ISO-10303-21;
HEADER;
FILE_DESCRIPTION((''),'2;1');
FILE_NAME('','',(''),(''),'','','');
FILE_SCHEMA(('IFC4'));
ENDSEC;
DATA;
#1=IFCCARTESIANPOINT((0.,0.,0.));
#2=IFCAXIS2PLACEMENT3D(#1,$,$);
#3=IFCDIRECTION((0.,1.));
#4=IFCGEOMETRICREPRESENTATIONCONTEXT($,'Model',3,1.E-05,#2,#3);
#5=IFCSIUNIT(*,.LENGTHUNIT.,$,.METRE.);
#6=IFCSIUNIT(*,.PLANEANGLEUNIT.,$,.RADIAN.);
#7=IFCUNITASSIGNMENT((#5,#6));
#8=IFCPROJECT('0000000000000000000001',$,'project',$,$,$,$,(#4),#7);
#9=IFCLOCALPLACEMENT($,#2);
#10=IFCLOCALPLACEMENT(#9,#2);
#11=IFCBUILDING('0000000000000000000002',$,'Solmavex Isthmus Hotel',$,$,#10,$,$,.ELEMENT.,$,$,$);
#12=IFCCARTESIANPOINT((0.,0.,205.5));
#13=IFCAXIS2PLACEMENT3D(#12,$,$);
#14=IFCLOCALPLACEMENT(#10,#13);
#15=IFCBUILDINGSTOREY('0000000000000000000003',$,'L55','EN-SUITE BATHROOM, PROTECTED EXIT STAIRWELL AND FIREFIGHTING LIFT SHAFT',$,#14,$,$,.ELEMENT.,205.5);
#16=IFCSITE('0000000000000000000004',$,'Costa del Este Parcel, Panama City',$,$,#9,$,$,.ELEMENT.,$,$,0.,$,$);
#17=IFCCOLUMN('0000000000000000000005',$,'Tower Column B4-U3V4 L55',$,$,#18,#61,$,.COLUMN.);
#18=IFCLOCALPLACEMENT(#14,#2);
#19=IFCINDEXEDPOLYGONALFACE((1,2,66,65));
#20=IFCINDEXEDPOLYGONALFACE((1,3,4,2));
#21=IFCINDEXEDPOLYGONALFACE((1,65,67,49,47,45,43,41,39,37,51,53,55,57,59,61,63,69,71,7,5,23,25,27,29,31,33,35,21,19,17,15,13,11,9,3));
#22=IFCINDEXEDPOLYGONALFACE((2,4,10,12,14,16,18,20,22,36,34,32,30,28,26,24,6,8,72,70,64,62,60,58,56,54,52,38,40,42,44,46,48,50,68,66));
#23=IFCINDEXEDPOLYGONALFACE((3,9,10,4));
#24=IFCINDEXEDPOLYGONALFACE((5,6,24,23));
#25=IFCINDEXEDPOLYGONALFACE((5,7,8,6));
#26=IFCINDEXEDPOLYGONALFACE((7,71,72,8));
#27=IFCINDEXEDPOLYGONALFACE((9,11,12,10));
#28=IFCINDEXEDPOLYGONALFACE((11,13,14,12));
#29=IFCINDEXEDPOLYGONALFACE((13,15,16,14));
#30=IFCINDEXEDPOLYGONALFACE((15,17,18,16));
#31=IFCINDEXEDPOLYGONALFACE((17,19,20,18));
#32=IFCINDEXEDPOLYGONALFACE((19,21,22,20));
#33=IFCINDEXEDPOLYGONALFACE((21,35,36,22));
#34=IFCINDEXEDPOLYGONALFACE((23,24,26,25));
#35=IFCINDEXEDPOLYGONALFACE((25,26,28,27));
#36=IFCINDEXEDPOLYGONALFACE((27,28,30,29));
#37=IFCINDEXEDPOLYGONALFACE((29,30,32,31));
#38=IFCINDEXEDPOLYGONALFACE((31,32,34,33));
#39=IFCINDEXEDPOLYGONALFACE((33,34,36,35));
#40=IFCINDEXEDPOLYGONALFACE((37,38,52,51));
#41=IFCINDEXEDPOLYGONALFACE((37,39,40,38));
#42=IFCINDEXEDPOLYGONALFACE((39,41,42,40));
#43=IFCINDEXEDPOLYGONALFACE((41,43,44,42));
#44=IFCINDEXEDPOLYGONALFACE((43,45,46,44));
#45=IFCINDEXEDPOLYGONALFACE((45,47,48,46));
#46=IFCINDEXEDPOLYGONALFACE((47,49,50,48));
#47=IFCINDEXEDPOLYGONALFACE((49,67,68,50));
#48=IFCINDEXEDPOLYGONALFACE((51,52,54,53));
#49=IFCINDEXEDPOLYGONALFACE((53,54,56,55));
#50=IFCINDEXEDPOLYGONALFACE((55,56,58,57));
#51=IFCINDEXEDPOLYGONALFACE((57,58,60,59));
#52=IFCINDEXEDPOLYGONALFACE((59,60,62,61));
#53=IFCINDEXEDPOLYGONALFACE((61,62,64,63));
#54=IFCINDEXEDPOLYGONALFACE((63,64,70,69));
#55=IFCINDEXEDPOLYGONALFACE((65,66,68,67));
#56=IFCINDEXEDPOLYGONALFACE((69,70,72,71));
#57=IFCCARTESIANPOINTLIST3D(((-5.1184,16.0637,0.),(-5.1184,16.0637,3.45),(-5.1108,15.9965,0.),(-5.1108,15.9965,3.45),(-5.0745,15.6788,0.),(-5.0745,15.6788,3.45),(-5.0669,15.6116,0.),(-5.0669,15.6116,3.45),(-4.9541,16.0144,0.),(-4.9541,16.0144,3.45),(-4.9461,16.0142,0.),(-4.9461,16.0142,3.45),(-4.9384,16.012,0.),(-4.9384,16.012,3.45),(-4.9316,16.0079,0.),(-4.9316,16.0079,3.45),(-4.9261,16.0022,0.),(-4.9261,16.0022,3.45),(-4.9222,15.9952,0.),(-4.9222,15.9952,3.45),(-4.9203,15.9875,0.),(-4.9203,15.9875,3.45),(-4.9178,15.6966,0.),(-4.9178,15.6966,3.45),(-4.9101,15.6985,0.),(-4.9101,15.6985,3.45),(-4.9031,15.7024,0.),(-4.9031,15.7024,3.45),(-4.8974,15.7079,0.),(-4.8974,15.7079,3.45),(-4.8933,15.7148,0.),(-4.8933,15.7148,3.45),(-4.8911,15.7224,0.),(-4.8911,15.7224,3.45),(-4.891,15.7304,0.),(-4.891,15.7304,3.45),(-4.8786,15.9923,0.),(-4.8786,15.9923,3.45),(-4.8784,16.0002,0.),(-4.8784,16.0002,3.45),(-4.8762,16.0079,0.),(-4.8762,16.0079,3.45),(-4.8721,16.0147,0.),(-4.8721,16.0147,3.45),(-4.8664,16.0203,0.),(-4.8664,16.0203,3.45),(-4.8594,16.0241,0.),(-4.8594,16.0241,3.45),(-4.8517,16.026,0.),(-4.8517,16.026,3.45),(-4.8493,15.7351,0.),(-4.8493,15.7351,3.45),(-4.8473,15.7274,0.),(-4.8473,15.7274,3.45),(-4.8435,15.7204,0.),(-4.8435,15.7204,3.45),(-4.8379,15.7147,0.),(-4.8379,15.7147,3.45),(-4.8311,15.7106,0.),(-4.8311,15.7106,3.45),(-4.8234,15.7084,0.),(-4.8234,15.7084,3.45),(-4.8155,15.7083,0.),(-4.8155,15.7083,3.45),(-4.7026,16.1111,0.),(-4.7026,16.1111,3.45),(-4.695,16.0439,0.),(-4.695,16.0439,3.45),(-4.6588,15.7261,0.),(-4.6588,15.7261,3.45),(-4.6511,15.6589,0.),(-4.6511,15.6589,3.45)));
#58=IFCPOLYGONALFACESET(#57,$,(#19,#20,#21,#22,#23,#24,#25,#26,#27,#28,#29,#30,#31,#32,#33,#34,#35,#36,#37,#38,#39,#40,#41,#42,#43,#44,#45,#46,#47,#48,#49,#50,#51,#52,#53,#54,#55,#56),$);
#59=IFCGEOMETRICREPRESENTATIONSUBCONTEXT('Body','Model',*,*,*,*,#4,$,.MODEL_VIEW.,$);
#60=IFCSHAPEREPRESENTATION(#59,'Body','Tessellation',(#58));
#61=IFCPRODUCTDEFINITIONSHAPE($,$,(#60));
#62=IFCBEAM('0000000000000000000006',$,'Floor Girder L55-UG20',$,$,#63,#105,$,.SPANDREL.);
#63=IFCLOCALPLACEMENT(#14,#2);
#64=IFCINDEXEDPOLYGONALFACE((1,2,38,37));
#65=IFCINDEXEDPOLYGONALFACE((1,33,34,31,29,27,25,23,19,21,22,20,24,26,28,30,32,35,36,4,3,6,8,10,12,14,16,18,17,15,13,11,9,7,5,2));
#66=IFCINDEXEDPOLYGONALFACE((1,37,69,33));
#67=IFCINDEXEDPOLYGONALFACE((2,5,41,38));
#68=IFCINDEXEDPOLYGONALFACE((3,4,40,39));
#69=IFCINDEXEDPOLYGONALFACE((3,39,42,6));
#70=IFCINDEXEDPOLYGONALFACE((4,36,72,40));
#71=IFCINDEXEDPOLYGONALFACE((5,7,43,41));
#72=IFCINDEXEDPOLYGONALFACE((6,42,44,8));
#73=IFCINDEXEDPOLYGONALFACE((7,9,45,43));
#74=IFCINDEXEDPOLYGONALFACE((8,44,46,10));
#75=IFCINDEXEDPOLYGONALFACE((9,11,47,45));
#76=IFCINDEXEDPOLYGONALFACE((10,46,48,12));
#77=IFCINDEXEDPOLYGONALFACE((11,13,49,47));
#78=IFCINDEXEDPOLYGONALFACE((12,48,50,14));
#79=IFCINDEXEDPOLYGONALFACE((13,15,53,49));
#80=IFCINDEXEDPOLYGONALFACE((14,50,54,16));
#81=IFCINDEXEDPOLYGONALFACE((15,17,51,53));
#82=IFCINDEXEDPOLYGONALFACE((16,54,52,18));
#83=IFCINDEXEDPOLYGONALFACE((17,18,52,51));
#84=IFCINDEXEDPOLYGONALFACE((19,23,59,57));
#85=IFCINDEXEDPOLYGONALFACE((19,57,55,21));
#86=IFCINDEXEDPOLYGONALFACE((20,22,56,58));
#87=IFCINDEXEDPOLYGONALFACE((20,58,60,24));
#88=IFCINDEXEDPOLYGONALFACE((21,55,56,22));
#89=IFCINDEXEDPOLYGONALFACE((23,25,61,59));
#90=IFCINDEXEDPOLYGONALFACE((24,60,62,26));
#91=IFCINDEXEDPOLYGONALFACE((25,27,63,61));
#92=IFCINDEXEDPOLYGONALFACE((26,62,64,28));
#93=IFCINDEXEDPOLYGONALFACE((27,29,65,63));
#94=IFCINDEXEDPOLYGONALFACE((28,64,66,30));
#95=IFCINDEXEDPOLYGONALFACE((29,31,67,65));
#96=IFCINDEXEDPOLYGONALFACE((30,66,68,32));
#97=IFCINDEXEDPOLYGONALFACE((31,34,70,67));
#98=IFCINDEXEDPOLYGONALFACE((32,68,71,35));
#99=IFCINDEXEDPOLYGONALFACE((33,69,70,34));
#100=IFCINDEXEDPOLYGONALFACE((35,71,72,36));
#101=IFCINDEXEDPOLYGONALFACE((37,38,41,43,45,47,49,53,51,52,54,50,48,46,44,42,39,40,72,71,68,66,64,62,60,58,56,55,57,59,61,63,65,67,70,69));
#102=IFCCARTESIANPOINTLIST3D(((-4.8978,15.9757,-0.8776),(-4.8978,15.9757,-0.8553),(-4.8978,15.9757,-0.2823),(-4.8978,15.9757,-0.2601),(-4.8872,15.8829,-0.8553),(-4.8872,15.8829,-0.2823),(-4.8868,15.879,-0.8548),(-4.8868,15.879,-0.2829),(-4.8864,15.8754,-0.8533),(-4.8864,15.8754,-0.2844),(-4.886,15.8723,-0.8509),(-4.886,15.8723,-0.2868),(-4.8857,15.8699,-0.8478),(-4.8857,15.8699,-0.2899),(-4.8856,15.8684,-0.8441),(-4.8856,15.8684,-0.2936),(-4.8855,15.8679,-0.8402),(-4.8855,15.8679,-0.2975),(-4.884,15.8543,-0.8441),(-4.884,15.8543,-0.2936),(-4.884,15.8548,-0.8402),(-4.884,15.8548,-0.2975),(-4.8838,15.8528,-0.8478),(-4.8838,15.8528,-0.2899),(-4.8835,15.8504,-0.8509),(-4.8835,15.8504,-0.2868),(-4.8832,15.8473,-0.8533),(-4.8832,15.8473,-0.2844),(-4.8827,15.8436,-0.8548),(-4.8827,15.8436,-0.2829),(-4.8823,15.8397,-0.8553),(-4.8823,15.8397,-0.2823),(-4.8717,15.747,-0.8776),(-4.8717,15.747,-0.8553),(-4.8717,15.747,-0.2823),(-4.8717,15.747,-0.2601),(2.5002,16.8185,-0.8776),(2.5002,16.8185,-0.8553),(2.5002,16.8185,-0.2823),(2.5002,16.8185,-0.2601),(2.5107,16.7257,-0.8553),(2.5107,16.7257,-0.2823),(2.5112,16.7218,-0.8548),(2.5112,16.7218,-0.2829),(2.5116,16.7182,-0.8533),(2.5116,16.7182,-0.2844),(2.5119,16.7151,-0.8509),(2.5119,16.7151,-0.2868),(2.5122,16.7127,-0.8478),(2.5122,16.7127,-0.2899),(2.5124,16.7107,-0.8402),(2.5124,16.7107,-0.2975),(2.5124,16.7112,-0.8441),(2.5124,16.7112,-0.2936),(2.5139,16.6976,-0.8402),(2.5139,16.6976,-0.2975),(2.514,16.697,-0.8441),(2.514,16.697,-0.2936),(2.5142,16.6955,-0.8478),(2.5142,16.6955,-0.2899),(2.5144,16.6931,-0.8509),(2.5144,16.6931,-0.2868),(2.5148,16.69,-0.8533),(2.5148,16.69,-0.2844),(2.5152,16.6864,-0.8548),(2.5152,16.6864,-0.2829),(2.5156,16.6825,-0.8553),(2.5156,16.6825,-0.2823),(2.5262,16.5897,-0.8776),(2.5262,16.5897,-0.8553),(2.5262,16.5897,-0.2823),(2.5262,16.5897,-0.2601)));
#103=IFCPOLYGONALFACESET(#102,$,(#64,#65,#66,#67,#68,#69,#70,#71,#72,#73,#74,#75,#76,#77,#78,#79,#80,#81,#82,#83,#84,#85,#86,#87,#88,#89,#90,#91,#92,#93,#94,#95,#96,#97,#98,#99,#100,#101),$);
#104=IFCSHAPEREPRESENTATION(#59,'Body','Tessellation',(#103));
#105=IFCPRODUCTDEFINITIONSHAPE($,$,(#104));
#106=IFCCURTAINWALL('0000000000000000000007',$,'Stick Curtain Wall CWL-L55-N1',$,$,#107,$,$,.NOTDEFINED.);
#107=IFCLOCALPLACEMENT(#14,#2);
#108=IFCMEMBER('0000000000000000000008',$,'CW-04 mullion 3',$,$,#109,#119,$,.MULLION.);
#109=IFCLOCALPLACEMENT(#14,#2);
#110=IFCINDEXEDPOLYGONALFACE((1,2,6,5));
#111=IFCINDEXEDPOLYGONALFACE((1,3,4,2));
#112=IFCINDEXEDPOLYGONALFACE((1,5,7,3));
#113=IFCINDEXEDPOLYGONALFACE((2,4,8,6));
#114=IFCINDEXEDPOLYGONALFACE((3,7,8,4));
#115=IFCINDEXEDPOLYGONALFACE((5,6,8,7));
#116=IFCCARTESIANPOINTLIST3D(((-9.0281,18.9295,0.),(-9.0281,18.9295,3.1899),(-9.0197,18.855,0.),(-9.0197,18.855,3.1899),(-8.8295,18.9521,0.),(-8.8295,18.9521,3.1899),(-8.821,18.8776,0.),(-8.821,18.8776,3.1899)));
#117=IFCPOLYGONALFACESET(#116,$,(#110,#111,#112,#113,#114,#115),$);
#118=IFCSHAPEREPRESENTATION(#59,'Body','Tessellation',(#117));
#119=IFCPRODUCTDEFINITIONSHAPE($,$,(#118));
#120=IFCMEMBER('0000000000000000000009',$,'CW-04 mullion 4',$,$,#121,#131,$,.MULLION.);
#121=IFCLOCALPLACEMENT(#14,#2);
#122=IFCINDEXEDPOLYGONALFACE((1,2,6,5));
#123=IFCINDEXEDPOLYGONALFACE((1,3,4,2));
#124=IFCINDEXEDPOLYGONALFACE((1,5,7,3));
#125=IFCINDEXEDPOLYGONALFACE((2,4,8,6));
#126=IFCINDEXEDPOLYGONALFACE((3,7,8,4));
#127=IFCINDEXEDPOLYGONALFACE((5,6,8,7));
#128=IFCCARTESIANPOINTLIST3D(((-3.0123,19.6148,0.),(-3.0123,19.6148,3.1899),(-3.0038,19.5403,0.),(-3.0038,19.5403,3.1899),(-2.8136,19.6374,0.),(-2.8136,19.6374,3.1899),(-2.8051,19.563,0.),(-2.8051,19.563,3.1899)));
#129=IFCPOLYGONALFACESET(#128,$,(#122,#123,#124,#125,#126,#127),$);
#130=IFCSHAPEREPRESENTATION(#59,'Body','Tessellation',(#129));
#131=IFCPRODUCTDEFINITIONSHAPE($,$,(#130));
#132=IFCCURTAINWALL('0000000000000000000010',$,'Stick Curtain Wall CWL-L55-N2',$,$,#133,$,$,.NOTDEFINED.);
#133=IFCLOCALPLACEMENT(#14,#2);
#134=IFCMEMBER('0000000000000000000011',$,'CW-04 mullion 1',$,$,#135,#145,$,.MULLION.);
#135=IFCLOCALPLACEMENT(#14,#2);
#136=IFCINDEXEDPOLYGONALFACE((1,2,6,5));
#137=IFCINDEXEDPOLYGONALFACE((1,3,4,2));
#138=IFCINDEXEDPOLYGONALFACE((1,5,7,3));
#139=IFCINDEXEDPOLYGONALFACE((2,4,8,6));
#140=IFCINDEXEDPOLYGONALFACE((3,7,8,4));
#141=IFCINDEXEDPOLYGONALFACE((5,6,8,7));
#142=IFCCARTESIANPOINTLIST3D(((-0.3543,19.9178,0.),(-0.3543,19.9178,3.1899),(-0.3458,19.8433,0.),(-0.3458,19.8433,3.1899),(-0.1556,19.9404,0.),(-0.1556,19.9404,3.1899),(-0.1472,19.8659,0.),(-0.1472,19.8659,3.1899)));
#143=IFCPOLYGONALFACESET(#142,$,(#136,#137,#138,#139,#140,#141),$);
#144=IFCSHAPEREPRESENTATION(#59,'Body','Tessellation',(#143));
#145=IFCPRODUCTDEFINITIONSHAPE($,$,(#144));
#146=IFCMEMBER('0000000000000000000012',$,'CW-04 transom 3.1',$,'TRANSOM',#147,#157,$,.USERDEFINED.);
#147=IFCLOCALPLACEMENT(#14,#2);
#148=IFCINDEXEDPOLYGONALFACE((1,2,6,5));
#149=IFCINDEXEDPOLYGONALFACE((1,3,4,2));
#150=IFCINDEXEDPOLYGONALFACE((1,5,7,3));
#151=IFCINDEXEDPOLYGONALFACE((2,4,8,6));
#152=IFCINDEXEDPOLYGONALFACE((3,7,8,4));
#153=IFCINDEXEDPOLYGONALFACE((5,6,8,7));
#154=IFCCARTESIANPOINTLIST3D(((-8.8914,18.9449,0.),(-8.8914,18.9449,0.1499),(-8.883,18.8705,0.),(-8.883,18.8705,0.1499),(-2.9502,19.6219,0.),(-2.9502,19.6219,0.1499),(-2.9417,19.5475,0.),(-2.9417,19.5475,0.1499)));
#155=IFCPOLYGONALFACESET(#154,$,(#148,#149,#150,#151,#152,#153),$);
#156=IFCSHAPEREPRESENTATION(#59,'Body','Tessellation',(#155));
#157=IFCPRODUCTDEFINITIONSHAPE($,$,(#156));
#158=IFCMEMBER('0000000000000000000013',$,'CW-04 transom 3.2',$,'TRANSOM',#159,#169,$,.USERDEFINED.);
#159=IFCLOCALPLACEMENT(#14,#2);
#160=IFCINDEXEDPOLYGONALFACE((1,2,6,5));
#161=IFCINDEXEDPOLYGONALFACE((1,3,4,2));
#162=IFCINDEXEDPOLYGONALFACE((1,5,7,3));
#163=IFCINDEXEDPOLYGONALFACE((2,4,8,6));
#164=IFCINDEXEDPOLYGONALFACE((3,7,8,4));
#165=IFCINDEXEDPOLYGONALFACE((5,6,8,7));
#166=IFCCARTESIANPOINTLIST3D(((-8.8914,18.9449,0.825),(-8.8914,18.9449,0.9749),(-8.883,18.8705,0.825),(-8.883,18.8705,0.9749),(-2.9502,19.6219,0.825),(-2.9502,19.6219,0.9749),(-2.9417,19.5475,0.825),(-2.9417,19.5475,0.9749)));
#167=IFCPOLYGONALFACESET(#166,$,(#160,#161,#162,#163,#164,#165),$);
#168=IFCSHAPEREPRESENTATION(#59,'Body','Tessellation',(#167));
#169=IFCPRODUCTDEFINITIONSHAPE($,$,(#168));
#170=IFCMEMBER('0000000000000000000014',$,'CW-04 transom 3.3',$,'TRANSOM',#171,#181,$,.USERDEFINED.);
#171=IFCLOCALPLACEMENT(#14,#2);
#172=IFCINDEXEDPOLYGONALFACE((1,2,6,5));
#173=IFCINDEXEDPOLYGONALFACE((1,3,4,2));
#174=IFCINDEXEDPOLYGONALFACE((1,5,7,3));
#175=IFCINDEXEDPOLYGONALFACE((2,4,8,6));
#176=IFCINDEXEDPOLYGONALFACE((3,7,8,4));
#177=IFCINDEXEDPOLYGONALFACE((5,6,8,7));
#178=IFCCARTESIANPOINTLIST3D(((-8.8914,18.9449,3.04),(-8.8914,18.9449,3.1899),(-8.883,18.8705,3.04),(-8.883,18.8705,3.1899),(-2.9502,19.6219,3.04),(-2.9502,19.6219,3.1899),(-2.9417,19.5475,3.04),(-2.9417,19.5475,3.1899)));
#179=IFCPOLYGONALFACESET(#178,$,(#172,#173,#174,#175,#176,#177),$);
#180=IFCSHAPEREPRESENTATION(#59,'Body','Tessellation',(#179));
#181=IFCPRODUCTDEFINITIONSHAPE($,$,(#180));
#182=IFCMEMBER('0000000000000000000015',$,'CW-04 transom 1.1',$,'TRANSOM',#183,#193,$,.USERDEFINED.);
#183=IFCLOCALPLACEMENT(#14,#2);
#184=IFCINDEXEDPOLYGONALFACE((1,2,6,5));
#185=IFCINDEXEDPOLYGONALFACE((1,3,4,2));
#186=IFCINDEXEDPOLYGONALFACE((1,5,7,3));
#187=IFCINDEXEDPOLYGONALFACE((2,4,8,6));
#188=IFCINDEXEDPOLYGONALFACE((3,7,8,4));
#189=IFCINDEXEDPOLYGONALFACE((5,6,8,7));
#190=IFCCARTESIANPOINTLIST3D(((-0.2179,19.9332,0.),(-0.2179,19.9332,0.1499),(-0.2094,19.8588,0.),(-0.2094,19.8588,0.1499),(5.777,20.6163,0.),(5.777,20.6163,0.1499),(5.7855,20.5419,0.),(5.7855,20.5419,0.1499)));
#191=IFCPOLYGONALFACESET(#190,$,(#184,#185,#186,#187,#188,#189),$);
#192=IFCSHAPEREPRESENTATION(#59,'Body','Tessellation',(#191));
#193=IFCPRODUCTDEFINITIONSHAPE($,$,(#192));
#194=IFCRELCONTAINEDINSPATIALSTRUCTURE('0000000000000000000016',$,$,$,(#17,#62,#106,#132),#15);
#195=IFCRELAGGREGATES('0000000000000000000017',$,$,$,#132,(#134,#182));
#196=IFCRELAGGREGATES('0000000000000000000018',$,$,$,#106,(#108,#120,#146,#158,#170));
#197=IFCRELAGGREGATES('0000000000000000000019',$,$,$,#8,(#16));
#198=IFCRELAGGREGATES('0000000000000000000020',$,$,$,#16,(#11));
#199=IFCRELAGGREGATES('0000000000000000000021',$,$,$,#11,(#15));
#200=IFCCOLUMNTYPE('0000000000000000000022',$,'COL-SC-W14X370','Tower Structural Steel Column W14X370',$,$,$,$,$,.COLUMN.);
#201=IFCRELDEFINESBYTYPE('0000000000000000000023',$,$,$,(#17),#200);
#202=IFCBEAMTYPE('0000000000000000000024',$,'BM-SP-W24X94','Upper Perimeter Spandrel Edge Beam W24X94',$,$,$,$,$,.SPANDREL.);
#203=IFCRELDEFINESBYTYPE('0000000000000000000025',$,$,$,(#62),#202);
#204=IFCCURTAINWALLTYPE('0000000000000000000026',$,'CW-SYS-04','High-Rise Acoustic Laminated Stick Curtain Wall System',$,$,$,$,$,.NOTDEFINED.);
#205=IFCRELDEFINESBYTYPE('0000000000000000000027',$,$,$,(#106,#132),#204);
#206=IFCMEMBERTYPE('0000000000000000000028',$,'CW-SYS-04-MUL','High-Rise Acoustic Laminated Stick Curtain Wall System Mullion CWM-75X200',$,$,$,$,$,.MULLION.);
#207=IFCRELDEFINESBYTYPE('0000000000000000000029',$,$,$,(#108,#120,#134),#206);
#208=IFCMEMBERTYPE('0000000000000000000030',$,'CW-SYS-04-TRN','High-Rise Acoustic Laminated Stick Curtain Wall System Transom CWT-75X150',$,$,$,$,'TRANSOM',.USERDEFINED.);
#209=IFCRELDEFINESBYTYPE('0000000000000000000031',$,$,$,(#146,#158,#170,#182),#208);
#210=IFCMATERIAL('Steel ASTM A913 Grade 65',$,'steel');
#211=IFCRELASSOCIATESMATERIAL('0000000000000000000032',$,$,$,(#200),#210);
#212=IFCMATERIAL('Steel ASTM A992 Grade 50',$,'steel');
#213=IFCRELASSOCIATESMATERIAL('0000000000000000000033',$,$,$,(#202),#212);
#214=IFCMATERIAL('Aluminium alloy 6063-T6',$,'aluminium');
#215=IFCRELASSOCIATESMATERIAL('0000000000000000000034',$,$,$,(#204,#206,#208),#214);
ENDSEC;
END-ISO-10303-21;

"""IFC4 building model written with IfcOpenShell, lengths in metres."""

from ifc_helpers import new_model, si_unit, direction, frame, origin, origin_2d, place, context, subcontext, project, spatial, rectangle, i_section, extrude, material, material_profile, profile_set, type_object, element, aggregate, save


model = new_model("IFC4")

# Units and contexts
model_context = context("Model", 3, precision=1e-05, world=origin(), true_north=direction((0.0, 1.0)))
body_context = subcontext(model_context, "Body", "Model", "MODEL_VIEW")
ifc_project = project(units=[si_unit("LENGTHUNIT", "METRE"), si_unit("PLANEANGLEUNIT", "RADIAN")], contexts=[model_context])

# Site, building, storey
site_placement = place(None, origin())
site = spatial("IfcSite", under=ifc_project, at=site_placement, Name="Costa del Este Parcel, Panama City", CompositionType="ELEMENT", RefElevation=0.0)
building_placement = place(site_placement, origin())
building = spatial("IfcBuilding", under=site, at=building_placement, Name="Solmavex Isthmus Hotel", CompositionType="ELEMENT")
storey_placement = place(building_placement, frame((0.0, 0.0, 205.5)))
storey = spatial("IfcBuildingStorey", under=building, at=storey_placement, Name="L55", Description="EN-SUITE BATHROOM, PROTECTED EXIT STAIRWELL AND FIREFIGHTING LIFT SHAFT", CompositionType="ELEMENT", Elevation=205.5)

# Column
ifc_material_1 = material(Name="Steel ASTM A913 Grade 65", Category="steel")
ifc_material_profile_1 = material_profile(ifc_material_1, i_section(OverallWidth=0.4185, OverallDepth=0.4551, WebThickness=0.042, FlangeThickness=0.0676, FilletRadius=0.0305, at=origin_2d()), Name="W14X370")
ifc_profile_set_1 = profile_set([ifc_material_profile_1], Name="Steel ASTM A913 Grade 65")
column_type = type_object("IfcColumnType", Name="COL-SC-W14X370", Description="Tower Structural Steel Column W14X370", PredefinedType="COLUMN", material=ifc_profile_set_1)
column_placement = place(storey_placement, frame((-4.8848, 15.8613, 0.0), z_axis=(0.0, 0.0, 1.0), x_axis=(0.993572, 0.113203, 0.0)))
element("IfcColumn", 1, at=column_placement, inside=storey, type_object=column_type, Name="Tower Column B4-U3V4 L55", PredefinedType="COLUMN", context=body_context, shape_type="SweptSolid", body=[
    extrude(i_section(OverallWidth=0.4185, OverallDepth=0.4551, WebThickness=0.042, FlangeThickness=0.0676, FilletRadius=0.0305, at=origin_2d()), origin(), (0.0, 0.0, 1.0), 3.45),
])

# Beam
ifc_material_2 = material(Name="Steel ASTM A992 Grade 50", Category="steel")
ifc_material_profile_2 = material_profile(ifc_material_2, i_section(OverallWidth=0.2302, OverallDepth=0.6174, WebThickness=0.0132, FlangeThickness=0.0222, FilletRadius=0.0151, at=origin_2d()), Name="W24X94")
ifc_profile_set_2 = profile_set([ifc_material_profile_2], Name="Steel ASTM A992 Grade 50")
beam_type = type_object("IfcBeamType", Name="BM-SP-W24X94", Description="Upper Perimeter Spandrel Edge Beam W24X94", PredefinedType="SPANDREL", material=ifc_profile_set_2)
beam_placement = place(storey_placement, frame((-4.8848, 15.8613, -0.5688), z_axis=(0.993574, 0.113188, 0.0), x_axis=(-0.113188, 0.993574, 0.0)))
element("IfcBeam", 2, at=beam_placement, inside=storey, type_object=beam_type, Name="Floor Girder L55-UG20", PredefinedType="SPANDREL", context=body_context, shape_type="SweptSolid", body=[
    extrude(i_section(OverallWidth=0.2302, OverallDepth=0.6174, WebThickness=0.0132, FlangeThickness=0.0222, FilletRadius=0.0151, at=origin_2d()), origin(), (0.0, 0.0, 1.0), 7.4458),
])

# Curtain wall, members
ifc_material_3 = material(Name="Aluminium alloy 6063-T6", Category="aluminium")
curtain_wall_type = type_object("IfcCurtainWallType", Name="CW-SYS-04", Description="High-Rise Acoustic Laminated Stick Curtain Wall System", PredefinedType="NOTDEFINED", material=ifc_material_3)
curtain_wall_1_placement = place(storey_placement, origin())
curtain_wall_1 = element("IfcCurtainWall", 3, at=curtain_wall_1_placement, inside=storey, type_object=curtain_wall_type, Name="Stick Curtain Wall CWL-L55-N1", PredefinedType="NOTDEFINED")
ifc_material_profile_3 = material_profile(ifc_material_3, rectangle(XDim=0.075, YDim=0.2, at=origin_2d()), Name="CWM-75X200")
ifc_profile_set_3 = profile_set([ifc_material_profile_3], Name="Aluminium alloy 6063-T6")
member_type_1 = type_object("IfcMemberType", Name="CW-SYS-04-MUL", Description="High-Rise Acoustic Laminated Stick Curtain Wall System Mullion CWM-75X200", PredefinedType="MULLION", material=ifc_profile_set_3)
member_1_placement = place(storey_placement, frame((-8.9246, 18.9036, 0.0), z_axis=(0.0, 0.0, 1.0), x_axis=(-0.113203, 0.993572, 0.0)))
member_1 = element("IfcMember", 4, at=member_1_placement, type_object=member_type_1, Name="CW-04 mullion 3", PredefinedType="MULLION", context=body_context, shape_type="SweptSolid", body=[
    extrude(rectangle(XDim=0.075, YDim=0.2, at=origin_2d()), origin(), (0.0, 0.0, 1.0), 3.1899),
])
member_2_placement = place(storey_placement, frame((-2.9087, 19.5889, 0.0), z_axis=(0.0, 0.0, 1.0), x_axis=(-0.113203, 0.993572, 0.0)))
member_2 = element("IfcMember", 5, at=member_2_placement, type_object=member_type_1, Name="CW-04 mullion 4", PredefinedType="MULLION", context=body_context, shape_type="SweptSolid", body=[
    extrude(rectangle(XDim=0.075, YDim=0.2, at=origin_2d()), origin(), (0.0, 0.0, 1.0), 3.1899),
])

# Curtain wall, member
curtain_wall_2_placement = place(storey_placement, origin())
curtain_wall_2 = element("IfcCurtainWall", 6, at=curtain_wall_2_placement, inside=storey, type_object=curtain_wall_type, Name="Stick Curtain Wall CWL-L55-N2", PredefinedType="NOTDEFINED")
member_3_placement = place(storey_placement, frame((-0.2507, 19.8918, 0.0), z_axis=(0.0, 0.0, 1.0), x_axis=(-0.113203, 0.993572, 0.0)))
member_3 = element("IfcMember", 7, at=member_3_placement, type_object=member_type_1, Name="CW-04 mullion 1", PredefinedType="MULLION", context=body_context, shape_type="SweptSolid", body=[
    extrude(rectangle(XDim=0.075, YDim=0.2, at=origin_2d()), origin(), (0.0, 0.0, 1.0), 3.1899),
])

# Members
ifc_material_profile_4 = material_profile(ifc_material_3, rectangle(XDim=0.075, YDim=0.1499, at=origin_2d()), Name="CWT-75X150")
ifc_profile_set_4 = profile_set([ifc_material_profile_4], Name="Aluminium alloy 6063-T6")
member_type_2 = type_object("IfcMemberType", Name="CW-SYS-04-TRN", Description="High-Rise Acoustic Laminated Stick Curtain Wall System Transom CWT-75X150", ElementType="TRANSOM", PredefinedType="USERDEFINED", material=ifc_profile_set_4)
member_4_placement = place(storey_placement, frame((-8.8872, 18.9077, 0.075), z_axis=(0.993571, 0.113214, 0.0), x_axis=(-0.113214, 0.993571, 0.0)))
member_4 = element("IfcMember", 8, at=member_4_placement, type_object=member_type_2, Name="CW-04 transom 3.1", ObjectType="TRANSOM", PredefinedType="USERDEFINED", context=body_context, shape_type="SweptSolid", body=[
    extrude(rectangle(XDim=0.075, YDim=0.1499, at=origin_2d()), origin(), (0.0, 0.0, 1.0), 5.9797),
])
member_5_placement = place(storey_placement, frame((-8.8872, 18.9077, 0.8999), z_axis=(0.993571, 0.113214, 0.0), x_axis=(-0.113214, 0.993571, 0.0)))
member_5 = element("IfcMember", 9, at=member_5_placement, type_object=member_type_2, Name="CW-04 transom 3.2", ObjectType="TRANSOM", PredefinedType="USERDEFINED", context=body_context, shape_type="SweptSolid", body=[
    extrude(rectangle(XDim=0.075, YDim=0.1499, at=origin_2d()), origin(), (0.0, 0.0, 1.0), 5.9797),
])
member_6_placement = place(storey_placement, frame((-8.8872, 18.9077, 3.115), z_axis=(0.993571, 0.113214, 0.0), x_axis=(-0.113214, 0.993571, 0.0)))
member_6 = element("IfcMember", 10, at=member_6_placement, type_object=member_type_2, Name="CW-04 transom 3.3", ObjectType="TRANSOM", PredefinedType="USERDEFINED", context=body_context, shape_type="SweptSolid", body=[
    extrude(rectangle(XDim=0.075, YDim=0.1499, at=origin_2d()), origin(), (0.0, 0.0, 1.0), 5.9797),
])
member_7_placement = place(storey_placement, frame((-0.2136, 19.896, 0.075), z_axis=(0.99357, 0.113216, 0.0), x_axis=(-0.113216, 0.99357, 0.0)))
member_7 = element("IfcMember", 11, at=member_7_placement, type_object=member_type_2, Name="CW-04 transom 1.1", ObjectType="TRANSOM", PredefinedType="USERDEFINED", context=body_context, shape_type="SweptSolid", body=[
    extrude(rectangle(XDim=0.075, YDim=0.1499, at=origin_2d()), origin(), (0.0, 0.0, 1.0), 6.0337),
])
aggregate(curtain_wall_2, [member_3, member_7])

aggregate(curtain_wall_1, [member_1, member_2, member_4, member_5, member_6])

save(model, "model.ifc")
